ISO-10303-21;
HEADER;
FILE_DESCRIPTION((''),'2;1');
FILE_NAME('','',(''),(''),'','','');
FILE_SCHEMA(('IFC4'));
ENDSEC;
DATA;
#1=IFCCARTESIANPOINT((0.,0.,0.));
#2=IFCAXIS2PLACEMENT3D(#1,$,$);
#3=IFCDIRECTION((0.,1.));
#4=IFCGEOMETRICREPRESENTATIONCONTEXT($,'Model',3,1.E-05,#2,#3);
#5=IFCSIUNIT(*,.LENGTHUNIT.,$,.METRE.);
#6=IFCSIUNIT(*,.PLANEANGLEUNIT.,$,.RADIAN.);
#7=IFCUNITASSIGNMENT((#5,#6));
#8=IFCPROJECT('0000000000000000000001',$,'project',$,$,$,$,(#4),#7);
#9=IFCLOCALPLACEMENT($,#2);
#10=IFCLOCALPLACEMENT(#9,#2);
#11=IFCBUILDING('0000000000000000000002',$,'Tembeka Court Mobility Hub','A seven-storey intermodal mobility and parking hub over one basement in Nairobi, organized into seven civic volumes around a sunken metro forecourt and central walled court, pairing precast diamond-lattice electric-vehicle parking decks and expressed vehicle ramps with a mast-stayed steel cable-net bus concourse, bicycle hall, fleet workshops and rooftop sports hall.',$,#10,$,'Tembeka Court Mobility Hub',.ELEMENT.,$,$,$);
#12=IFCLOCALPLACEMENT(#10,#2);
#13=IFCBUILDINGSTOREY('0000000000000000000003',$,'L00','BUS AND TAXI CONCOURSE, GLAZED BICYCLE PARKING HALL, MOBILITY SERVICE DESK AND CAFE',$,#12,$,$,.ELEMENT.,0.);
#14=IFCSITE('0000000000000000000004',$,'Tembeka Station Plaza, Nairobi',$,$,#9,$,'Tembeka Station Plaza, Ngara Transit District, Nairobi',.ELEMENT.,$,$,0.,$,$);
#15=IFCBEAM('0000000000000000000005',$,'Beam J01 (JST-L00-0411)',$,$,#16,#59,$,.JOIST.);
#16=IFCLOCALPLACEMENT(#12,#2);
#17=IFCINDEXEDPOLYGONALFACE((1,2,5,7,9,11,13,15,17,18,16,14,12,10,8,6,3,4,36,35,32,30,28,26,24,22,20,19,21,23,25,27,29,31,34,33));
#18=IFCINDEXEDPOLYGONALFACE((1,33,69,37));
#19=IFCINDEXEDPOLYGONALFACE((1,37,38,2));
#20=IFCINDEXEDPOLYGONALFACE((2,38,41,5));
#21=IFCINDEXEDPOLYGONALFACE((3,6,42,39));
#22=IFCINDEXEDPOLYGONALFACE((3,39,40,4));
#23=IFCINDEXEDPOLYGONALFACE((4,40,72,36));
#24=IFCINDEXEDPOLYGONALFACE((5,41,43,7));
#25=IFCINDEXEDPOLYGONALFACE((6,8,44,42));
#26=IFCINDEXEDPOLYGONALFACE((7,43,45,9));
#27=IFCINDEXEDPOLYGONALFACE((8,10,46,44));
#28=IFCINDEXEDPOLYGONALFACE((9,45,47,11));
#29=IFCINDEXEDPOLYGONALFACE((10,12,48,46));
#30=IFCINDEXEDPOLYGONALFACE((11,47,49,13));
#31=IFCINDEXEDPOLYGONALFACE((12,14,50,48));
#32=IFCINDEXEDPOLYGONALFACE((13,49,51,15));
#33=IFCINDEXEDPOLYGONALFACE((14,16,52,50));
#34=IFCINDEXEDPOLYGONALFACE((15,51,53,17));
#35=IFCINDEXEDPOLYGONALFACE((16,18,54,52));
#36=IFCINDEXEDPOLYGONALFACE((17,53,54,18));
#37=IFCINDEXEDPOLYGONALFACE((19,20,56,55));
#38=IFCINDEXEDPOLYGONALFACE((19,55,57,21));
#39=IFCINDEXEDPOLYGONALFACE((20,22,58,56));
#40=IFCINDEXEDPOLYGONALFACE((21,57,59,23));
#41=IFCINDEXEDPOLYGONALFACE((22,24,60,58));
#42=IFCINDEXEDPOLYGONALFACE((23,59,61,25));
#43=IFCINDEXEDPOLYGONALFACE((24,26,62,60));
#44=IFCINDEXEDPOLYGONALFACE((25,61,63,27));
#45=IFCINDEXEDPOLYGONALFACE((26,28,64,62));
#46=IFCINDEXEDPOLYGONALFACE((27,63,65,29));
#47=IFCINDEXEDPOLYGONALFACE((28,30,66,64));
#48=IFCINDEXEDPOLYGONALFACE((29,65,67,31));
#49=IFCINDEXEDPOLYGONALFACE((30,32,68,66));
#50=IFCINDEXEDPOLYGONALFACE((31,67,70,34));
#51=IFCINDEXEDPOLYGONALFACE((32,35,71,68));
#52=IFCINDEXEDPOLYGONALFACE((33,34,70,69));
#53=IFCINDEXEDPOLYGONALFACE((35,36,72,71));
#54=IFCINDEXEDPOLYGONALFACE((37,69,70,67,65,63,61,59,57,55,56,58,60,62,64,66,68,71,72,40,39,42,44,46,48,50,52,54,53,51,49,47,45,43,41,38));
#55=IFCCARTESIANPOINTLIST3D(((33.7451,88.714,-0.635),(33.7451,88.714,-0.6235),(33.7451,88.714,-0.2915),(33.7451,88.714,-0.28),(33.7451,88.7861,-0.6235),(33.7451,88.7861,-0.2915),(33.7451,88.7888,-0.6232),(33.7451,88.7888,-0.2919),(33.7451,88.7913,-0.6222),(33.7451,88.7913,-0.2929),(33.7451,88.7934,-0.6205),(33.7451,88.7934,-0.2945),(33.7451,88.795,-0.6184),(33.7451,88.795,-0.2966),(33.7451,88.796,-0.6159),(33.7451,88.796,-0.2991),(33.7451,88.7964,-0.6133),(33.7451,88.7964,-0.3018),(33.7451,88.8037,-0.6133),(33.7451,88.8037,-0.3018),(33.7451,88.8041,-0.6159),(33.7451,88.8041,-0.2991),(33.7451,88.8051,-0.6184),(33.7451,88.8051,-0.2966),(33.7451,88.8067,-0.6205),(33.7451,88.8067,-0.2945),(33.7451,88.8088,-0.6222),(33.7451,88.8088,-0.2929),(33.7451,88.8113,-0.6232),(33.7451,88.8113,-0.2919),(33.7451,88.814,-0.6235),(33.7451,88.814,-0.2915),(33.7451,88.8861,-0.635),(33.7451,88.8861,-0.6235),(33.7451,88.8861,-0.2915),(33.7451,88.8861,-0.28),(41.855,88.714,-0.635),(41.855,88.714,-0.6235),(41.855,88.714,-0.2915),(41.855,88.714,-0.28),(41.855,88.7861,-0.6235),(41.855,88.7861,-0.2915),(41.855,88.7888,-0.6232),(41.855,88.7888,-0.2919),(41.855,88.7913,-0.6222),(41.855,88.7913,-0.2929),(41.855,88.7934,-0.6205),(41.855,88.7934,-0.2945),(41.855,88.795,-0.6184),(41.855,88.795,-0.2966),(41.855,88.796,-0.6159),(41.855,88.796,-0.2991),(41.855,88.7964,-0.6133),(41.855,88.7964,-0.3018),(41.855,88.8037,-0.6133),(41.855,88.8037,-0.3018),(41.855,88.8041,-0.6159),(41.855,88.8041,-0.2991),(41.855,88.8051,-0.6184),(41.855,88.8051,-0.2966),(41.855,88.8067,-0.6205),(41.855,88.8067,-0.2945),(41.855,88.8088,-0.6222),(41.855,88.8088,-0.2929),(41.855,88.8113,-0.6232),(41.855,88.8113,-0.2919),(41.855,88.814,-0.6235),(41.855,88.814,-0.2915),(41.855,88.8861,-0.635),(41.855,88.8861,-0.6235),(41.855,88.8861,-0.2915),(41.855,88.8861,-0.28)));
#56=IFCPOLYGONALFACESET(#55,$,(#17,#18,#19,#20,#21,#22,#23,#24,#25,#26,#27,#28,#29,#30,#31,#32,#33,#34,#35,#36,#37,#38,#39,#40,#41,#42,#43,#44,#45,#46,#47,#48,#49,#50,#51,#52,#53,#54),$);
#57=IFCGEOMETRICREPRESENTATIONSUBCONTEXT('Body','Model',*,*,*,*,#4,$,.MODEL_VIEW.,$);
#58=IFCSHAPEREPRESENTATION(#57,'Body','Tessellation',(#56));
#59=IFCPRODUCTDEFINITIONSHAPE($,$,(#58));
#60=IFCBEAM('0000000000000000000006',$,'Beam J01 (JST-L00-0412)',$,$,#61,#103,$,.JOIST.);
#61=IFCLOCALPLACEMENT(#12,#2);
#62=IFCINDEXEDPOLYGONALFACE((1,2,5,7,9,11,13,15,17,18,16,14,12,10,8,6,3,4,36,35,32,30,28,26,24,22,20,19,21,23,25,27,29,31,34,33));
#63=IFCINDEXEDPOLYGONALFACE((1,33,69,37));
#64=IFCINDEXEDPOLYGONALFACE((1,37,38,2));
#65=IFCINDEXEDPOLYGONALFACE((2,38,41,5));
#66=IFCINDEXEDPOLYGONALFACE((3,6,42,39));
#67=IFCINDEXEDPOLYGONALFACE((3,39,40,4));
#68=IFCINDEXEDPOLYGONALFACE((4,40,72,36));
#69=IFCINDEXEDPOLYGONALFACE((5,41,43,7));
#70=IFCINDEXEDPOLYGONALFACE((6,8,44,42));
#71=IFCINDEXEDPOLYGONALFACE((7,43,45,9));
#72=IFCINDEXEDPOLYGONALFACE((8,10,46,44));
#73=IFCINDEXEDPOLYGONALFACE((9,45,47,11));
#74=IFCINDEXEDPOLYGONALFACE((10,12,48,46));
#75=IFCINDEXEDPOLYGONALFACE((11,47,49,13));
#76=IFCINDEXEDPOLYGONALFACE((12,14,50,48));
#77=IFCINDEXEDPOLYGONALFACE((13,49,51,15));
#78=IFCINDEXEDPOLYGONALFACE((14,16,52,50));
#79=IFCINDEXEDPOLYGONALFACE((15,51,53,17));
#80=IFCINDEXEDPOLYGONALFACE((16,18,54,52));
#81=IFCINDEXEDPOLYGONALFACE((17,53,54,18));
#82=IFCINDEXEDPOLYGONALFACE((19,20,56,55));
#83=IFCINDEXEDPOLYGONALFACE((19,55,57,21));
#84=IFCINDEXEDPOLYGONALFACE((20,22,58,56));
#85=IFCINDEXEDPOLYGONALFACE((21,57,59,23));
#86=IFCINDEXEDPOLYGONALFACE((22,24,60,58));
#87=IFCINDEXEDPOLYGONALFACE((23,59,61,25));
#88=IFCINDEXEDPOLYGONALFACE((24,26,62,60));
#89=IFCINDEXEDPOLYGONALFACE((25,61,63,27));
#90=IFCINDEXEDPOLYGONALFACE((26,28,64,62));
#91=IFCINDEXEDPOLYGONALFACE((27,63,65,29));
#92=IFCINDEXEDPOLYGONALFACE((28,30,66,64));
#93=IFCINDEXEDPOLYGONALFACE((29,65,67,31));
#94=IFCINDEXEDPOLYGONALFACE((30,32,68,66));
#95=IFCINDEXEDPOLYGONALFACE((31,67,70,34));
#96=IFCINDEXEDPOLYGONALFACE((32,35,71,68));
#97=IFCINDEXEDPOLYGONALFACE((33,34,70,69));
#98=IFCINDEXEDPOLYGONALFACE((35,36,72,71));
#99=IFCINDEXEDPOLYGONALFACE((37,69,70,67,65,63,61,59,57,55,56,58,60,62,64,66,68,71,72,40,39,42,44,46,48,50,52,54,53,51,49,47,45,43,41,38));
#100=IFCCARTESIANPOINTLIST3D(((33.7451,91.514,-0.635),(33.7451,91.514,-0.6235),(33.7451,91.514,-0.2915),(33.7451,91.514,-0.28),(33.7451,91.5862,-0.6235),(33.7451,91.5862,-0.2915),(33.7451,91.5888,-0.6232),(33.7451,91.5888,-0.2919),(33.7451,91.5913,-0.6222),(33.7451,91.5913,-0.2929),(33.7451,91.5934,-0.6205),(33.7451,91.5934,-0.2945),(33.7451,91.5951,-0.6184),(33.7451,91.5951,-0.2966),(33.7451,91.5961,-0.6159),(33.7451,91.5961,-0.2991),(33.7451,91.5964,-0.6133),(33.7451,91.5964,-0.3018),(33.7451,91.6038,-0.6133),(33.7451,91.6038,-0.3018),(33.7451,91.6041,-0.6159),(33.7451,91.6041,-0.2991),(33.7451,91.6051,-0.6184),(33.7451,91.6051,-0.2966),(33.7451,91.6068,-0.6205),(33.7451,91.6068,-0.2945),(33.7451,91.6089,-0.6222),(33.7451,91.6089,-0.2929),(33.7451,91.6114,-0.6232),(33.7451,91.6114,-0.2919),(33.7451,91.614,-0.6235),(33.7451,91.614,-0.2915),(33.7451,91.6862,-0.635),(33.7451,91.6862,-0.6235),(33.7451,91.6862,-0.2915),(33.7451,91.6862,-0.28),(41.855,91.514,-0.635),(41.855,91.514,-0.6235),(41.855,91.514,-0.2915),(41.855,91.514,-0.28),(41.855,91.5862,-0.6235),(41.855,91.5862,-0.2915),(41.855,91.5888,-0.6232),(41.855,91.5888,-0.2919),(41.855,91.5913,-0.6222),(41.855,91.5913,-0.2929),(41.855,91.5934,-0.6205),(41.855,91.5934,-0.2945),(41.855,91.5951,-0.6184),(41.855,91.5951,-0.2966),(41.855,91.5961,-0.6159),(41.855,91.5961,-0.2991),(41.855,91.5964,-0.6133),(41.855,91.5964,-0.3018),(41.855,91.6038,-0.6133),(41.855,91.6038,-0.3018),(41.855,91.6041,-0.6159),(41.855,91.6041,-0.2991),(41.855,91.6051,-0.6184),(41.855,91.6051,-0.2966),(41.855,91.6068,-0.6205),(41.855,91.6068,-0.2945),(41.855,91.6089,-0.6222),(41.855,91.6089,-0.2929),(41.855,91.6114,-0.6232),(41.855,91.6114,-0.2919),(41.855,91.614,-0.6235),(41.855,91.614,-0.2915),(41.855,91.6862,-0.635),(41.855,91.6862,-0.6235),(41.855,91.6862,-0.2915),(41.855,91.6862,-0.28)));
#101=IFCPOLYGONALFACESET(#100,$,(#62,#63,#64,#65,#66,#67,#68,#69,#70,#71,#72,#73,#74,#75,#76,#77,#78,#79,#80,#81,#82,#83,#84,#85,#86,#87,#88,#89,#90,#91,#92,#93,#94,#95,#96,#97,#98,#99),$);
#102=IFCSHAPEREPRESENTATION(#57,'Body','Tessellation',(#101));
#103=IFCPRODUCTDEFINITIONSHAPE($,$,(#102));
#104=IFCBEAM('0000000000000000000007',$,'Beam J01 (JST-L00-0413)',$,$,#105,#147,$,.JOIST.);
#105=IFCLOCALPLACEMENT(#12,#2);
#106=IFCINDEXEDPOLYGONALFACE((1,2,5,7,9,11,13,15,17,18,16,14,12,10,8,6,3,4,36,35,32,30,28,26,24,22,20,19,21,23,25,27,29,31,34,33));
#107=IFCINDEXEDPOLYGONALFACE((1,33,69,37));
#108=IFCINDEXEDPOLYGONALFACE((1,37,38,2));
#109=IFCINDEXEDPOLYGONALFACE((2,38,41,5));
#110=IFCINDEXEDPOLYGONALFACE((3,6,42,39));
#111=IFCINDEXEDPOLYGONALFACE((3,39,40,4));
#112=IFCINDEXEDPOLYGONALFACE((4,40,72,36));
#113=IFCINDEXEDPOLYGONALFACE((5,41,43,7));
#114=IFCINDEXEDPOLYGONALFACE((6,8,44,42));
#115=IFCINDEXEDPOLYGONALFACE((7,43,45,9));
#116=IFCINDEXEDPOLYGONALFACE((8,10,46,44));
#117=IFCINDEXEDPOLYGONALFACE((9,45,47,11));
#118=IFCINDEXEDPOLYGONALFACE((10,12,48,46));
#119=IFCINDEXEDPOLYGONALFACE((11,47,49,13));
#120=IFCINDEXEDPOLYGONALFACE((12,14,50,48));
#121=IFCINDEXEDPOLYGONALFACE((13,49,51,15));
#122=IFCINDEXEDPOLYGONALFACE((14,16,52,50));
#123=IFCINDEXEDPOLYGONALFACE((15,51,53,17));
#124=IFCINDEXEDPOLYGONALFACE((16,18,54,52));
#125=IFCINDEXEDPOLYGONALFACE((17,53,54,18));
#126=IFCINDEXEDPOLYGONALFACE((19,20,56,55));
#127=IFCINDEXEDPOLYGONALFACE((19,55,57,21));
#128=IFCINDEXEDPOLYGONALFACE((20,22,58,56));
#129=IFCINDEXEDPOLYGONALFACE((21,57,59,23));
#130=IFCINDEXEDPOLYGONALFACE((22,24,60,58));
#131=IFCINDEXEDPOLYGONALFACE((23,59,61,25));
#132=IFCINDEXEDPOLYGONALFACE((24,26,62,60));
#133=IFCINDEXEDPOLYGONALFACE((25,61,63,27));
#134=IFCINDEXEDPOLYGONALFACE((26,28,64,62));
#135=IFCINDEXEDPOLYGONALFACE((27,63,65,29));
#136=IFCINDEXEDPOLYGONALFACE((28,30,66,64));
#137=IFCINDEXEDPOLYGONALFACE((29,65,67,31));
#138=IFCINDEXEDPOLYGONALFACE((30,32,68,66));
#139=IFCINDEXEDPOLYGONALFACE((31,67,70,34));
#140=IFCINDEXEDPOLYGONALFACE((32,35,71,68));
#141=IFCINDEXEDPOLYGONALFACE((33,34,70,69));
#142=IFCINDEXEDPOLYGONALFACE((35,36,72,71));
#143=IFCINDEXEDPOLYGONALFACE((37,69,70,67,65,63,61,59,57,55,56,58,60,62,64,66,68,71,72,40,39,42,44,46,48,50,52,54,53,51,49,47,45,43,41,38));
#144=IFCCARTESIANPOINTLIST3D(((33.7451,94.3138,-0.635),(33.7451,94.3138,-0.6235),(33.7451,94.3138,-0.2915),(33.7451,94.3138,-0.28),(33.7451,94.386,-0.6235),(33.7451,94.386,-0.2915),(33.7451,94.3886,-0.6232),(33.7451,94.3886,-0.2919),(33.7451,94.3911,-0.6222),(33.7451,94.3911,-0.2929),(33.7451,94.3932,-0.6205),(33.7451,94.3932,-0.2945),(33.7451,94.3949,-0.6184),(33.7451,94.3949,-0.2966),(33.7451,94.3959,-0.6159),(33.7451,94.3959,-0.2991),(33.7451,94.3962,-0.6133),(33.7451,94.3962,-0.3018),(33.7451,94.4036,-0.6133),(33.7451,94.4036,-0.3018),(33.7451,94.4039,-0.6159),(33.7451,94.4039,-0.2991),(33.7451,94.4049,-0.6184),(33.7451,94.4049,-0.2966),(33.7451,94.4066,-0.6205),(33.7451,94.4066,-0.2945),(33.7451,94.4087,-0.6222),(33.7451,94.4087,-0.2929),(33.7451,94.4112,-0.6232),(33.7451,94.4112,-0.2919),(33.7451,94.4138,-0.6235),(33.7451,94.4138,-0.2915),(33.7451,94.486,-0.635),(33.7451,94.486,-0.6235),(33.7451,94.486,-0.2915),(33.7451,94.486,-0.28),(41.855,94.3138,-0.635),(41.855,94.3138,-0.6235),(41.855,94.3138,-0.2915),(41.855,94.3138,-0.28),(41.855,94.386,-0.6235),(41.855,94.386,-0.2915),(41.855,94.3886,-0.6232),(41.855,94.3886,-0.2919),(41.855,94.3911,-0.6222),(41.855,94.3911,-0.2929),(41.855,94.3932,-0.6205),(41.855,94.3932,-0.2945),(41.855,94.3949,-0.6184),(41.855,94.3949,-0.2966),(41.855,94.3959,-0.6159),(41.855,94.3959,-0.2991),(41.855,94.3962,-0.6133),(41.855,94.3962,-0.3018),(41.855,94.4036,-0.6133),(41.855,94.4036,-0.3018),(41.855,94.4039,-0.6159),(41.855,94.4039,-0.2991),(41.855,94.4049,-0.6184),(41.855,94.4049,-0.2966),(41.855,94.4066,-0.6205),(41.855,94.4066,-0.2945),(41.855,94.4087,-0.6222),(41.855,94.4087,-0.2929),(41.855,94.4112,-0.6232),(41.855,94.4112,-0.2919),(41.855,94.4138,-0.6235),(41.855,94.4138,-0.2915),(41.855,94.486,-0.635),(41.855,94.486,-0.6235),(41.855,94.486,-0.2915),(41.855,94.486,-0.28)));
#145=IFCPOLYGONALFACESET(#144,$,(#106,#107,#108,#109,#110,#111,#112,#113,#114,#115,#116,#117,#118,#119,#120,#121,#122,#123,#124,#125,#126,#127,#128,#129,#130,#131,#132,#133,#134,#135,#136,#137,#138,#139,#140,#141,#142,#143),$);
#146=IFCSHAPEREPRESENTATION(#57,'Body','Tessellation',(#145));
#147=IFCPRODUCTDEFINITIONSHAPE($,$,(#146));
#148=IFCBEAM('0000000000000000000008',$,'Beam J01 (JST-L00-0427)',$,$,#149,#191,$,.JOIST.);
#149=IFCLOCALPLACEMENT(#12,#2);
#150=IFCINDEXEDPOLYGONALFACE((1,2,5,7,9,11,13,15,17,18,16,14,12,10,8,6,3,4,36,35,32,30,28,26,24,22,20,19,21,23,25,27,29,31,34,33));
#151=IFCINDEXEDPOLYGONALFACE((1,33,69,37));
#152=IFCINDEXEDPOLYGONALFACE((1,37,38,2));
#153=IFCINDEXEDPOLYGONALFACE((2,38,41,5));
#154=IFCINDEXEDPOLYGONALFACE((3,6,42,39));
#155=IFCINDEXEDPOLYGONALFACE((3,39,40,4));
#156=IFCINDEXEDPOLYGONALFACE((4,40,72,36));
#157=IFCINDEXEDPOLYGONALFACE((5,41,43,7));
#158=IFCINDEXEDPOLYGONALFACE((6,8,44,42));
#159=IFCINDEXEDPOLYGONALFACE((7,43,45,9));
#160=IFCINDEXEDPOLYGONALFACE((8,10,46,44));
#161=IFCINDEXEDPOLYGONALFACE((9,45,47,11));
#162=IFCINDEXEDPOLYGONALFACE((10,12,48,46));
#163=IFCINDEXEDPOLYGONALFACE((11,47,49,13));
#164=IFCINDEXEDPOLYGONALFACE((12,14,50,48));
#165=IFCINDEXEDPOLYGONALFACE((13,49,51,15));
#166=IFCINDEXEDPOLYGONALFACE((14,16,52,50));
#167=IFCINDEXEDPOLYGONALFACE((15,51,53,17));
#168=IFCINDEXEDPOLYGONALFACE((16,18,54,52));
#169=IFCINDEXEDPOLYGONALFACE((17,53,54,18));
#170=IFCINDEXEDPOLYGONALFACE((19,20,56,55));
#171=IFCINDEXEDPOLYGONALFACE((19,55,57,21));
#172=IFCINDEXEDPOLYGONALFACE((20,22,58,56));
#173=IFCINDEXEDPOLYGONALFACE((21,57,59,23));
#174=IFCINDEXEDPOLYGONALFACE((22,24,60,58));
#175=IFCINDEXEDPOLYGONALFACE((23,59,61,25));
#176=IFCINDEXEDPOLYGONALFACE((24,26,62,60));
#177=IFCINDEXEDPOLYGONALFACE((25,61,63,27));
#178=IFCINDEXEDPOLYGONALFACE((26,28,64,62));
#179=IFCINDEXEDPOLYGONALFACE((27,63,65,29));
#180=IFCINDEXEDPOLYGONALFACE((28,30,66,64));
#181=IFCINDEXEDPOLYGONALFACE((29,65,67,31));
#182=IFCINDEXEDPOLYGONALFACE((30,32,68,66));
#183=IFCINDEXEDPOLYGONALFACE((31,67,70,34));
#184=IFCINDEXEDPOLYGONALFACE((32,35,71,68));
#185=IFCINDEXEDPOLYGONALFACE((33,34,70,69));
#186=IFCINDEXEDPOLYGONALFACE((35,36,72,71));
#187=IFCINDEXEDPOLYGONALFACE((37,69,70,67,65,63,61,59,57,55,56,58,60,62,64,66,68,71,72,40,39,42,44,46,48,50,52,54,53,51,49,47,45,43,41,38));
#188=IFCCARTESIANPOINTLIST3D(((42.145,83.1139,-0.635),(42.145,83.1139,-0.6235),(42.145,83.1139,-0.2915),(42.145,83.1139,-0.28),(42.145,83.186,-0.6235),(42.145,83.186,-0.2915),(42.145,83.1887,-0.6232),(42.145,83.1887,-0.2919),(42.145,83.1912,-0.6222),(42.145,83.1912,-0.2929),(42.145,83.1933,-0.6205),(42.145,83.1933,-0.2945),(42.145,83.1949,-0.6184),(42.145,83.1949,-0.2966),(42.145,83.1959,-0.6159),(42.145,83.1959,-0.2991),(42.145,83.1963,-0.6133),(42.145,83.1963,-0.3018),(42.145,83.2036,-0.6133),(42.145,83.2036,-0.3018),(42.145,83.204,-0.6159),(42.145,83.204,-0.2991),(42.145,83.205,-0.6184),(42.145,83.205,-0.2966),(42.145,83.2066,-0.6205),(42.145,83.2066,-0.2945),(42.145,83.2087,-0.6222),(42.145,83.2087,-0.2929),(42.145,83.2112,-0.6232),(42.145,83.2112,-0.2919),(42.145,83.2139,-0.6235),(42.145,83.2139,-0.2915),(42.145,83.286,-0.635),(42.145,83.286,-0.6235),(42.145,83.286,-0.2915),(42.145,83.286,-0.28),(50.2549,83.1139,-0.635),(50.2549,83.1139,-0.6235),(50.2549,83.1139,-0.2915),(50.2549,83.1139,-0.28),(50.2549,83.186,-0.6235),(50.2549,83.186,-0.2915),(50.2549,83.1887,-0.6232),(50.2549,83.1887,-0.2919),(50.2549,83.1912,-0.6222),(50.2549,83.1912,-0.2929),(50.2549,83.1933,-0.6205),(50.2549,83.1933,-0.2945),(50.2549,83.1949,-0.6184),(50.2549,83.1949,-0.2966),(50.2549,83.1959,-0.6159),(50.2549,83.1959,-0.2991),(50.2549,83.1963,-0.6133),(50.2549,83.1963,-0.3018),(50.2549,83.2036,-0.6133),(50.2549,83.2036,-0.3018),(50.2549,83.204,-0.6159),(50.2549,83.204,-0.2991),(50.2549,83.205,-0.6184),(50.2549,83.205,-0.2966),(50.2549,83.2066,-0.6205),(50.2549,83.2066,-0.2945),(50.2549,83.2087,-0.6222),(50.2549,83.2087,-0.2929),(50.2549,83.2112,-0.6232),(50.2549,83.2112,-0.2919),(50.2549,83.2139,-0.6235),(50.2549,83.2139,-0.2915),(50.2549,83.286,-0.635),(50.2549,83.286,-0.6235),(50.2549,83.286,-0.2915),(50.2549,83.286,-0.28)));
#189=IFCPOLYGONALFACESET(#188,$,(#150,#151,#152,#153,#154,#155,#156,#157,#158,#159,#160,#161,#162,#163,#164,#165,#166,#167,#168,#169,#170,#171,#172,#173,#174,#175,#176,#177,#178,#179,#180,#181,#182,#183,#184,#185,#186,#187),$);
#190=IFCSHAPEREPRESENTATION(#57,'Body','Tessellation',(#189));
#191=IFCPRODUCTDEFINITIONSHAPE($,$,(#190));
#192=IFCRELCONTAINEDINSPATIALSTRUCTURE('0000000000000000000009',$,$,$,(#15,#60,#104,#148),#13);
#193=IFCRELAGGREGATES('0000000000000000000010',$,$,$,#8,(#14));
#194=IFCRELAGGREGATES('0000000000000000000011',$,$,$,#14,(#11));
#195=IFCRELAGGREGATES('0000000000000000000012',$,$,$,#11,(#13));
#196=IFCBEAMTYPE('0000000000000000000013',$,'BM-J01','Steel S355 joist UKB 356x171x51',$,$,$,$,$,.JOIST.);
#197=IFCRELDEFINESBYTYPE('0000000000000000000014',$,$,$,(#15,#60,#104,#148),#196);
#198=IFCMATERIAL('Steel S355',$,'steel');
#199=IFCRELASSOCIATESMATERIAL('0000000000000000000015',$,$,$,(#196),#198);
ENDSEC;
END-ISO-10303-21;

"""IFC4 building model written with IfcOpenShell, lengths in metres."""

from ifc_helpers import new_model, si_unit, direction, frame, origin, origin_2d, place, context, subcontext, project, spatial, i_section, extrude, material, material_profile, profile_set, type_object, element, save


model = new_model("IFC4")

# Units and contexts
model_context = context("Model", 3, precision=1e-05, world=origin(), true_north=direction((0.0, 1.0)))
body_context = subcontext(model_context, "Body", "Model", "MODEL_VIEW")
ifc_project = project(units=[si_unit("LENGTHUNIT", "METRE"), si_unit("PLANEANGLEUNIT", "RADIAN")], contexts=[model_context])

# Site, building, storey
site_placement = place(None, origin())
site = spatial("IfcSite", under=ifc_project, at=site_placement, Name="Tembeka Station Plaza, Nairobi", LongName="Tembeka Station Plaza, Ngara Transit District, Nairobi", CompositionType="ELEMENT", RefElevation=0.0)
building_placement = place(site_placement, origin())
building = spatial("IfcBuilding", under=site, at=building_placement, Name="Tembeka Court Mobility Hub", Description="A seven-storey intermodal mobility and parking hub over one basement in Nairobi, organized into seven civic volumes around a sunken metro forecourt and central walled court, pairing precast diamond-lattice electric-vehicle parking decks and expressed vehicle ramps with a mast-stayed steel cable-net bus concourse, bicycle hall, fleet workshops and rooftop sports hall.", LongName="Tembeka Court Mobility Hub", CompositionType="ELEMENT")
storey_placement = place(building_placement, origin())
storey = spatial("IfcBuildingStorey", under=building, at=storey_placement, Name="L00", Description="BUS AND TAXI CONCOURSE, GLAZED BICYCLE PARKING HALL, MOBILITY SERVICE DESK AND CAFE", CompositionType="ELEMENT", Elevation=0.0)

# Shared definitions
ifc_material_1 = material(Name="Steel S355", Category="steel")

# Beams
ifc_material_profile_1 = material_profile(ifc_material_1, i_section(OverallWidth=0.1721, OverallDepth=0.355, WebThickness=0.0073, FlangeThickness=0.0115, FilletRadius=0.0103, at=origin_2d()), Name="UKB 356x171x51")
ifc_profile_set_1 = profile_set([ifc_material_profile_1], Name="Steel S355")
beam_type_1 = type_object("IfcBeamType", Name="BM-J01", Description="Steel S355 joist UKB 356x171x51", PredefinedType="JOIST", material=ifc_profile_set_1)
for number, where, z_axis, x_axis, name in (
    (1, (33.7451, 88.8, -0.4575), (1.0, 0.0, 0.0), (0.0, 1.0, 0.0), "Beam J01 (JST-L00-0411)"),
    (2, (33.7451, 91.6001, -0.4575), (1.0, 0.0, 0.0), (0.0, 1.0, 0.0), "Beam J01 (JST-L00-0412)"),
    (3, (33.7451, 94.3999, -0.4575), (1.0, 0.0, 0.0), (0.0, 1.0, 0.0), "Beam J01 (JST-L00-0413)"),
    (4, (42.145, 83.2, -0.4575), (1.0, 0.0, 0.0), (0.0, 1.0, 0.0), "Beam J01 (JST-L00-0427)"),
):
    element("IfcBeam", number, at=place(storey_placement, frame(where, z_axis=z_axis, x_axis=x_axis)), inside=storey, type_object=beam_type_1, Name=name, PredefinedType="JOIST", context=body_context, shape_type="SweptSolid", body=[
        extrude(i_section(OverallWidth=0.1721, OverallDepth=0.355, WebThickness=0.0073, FlangeThickness=0.0115, FilletRadius=0.0103, at=origin_2d()), origin(), (0.0, 0.0, 1.0), 8.1099),
    ])

save(model, "model.ifc")
